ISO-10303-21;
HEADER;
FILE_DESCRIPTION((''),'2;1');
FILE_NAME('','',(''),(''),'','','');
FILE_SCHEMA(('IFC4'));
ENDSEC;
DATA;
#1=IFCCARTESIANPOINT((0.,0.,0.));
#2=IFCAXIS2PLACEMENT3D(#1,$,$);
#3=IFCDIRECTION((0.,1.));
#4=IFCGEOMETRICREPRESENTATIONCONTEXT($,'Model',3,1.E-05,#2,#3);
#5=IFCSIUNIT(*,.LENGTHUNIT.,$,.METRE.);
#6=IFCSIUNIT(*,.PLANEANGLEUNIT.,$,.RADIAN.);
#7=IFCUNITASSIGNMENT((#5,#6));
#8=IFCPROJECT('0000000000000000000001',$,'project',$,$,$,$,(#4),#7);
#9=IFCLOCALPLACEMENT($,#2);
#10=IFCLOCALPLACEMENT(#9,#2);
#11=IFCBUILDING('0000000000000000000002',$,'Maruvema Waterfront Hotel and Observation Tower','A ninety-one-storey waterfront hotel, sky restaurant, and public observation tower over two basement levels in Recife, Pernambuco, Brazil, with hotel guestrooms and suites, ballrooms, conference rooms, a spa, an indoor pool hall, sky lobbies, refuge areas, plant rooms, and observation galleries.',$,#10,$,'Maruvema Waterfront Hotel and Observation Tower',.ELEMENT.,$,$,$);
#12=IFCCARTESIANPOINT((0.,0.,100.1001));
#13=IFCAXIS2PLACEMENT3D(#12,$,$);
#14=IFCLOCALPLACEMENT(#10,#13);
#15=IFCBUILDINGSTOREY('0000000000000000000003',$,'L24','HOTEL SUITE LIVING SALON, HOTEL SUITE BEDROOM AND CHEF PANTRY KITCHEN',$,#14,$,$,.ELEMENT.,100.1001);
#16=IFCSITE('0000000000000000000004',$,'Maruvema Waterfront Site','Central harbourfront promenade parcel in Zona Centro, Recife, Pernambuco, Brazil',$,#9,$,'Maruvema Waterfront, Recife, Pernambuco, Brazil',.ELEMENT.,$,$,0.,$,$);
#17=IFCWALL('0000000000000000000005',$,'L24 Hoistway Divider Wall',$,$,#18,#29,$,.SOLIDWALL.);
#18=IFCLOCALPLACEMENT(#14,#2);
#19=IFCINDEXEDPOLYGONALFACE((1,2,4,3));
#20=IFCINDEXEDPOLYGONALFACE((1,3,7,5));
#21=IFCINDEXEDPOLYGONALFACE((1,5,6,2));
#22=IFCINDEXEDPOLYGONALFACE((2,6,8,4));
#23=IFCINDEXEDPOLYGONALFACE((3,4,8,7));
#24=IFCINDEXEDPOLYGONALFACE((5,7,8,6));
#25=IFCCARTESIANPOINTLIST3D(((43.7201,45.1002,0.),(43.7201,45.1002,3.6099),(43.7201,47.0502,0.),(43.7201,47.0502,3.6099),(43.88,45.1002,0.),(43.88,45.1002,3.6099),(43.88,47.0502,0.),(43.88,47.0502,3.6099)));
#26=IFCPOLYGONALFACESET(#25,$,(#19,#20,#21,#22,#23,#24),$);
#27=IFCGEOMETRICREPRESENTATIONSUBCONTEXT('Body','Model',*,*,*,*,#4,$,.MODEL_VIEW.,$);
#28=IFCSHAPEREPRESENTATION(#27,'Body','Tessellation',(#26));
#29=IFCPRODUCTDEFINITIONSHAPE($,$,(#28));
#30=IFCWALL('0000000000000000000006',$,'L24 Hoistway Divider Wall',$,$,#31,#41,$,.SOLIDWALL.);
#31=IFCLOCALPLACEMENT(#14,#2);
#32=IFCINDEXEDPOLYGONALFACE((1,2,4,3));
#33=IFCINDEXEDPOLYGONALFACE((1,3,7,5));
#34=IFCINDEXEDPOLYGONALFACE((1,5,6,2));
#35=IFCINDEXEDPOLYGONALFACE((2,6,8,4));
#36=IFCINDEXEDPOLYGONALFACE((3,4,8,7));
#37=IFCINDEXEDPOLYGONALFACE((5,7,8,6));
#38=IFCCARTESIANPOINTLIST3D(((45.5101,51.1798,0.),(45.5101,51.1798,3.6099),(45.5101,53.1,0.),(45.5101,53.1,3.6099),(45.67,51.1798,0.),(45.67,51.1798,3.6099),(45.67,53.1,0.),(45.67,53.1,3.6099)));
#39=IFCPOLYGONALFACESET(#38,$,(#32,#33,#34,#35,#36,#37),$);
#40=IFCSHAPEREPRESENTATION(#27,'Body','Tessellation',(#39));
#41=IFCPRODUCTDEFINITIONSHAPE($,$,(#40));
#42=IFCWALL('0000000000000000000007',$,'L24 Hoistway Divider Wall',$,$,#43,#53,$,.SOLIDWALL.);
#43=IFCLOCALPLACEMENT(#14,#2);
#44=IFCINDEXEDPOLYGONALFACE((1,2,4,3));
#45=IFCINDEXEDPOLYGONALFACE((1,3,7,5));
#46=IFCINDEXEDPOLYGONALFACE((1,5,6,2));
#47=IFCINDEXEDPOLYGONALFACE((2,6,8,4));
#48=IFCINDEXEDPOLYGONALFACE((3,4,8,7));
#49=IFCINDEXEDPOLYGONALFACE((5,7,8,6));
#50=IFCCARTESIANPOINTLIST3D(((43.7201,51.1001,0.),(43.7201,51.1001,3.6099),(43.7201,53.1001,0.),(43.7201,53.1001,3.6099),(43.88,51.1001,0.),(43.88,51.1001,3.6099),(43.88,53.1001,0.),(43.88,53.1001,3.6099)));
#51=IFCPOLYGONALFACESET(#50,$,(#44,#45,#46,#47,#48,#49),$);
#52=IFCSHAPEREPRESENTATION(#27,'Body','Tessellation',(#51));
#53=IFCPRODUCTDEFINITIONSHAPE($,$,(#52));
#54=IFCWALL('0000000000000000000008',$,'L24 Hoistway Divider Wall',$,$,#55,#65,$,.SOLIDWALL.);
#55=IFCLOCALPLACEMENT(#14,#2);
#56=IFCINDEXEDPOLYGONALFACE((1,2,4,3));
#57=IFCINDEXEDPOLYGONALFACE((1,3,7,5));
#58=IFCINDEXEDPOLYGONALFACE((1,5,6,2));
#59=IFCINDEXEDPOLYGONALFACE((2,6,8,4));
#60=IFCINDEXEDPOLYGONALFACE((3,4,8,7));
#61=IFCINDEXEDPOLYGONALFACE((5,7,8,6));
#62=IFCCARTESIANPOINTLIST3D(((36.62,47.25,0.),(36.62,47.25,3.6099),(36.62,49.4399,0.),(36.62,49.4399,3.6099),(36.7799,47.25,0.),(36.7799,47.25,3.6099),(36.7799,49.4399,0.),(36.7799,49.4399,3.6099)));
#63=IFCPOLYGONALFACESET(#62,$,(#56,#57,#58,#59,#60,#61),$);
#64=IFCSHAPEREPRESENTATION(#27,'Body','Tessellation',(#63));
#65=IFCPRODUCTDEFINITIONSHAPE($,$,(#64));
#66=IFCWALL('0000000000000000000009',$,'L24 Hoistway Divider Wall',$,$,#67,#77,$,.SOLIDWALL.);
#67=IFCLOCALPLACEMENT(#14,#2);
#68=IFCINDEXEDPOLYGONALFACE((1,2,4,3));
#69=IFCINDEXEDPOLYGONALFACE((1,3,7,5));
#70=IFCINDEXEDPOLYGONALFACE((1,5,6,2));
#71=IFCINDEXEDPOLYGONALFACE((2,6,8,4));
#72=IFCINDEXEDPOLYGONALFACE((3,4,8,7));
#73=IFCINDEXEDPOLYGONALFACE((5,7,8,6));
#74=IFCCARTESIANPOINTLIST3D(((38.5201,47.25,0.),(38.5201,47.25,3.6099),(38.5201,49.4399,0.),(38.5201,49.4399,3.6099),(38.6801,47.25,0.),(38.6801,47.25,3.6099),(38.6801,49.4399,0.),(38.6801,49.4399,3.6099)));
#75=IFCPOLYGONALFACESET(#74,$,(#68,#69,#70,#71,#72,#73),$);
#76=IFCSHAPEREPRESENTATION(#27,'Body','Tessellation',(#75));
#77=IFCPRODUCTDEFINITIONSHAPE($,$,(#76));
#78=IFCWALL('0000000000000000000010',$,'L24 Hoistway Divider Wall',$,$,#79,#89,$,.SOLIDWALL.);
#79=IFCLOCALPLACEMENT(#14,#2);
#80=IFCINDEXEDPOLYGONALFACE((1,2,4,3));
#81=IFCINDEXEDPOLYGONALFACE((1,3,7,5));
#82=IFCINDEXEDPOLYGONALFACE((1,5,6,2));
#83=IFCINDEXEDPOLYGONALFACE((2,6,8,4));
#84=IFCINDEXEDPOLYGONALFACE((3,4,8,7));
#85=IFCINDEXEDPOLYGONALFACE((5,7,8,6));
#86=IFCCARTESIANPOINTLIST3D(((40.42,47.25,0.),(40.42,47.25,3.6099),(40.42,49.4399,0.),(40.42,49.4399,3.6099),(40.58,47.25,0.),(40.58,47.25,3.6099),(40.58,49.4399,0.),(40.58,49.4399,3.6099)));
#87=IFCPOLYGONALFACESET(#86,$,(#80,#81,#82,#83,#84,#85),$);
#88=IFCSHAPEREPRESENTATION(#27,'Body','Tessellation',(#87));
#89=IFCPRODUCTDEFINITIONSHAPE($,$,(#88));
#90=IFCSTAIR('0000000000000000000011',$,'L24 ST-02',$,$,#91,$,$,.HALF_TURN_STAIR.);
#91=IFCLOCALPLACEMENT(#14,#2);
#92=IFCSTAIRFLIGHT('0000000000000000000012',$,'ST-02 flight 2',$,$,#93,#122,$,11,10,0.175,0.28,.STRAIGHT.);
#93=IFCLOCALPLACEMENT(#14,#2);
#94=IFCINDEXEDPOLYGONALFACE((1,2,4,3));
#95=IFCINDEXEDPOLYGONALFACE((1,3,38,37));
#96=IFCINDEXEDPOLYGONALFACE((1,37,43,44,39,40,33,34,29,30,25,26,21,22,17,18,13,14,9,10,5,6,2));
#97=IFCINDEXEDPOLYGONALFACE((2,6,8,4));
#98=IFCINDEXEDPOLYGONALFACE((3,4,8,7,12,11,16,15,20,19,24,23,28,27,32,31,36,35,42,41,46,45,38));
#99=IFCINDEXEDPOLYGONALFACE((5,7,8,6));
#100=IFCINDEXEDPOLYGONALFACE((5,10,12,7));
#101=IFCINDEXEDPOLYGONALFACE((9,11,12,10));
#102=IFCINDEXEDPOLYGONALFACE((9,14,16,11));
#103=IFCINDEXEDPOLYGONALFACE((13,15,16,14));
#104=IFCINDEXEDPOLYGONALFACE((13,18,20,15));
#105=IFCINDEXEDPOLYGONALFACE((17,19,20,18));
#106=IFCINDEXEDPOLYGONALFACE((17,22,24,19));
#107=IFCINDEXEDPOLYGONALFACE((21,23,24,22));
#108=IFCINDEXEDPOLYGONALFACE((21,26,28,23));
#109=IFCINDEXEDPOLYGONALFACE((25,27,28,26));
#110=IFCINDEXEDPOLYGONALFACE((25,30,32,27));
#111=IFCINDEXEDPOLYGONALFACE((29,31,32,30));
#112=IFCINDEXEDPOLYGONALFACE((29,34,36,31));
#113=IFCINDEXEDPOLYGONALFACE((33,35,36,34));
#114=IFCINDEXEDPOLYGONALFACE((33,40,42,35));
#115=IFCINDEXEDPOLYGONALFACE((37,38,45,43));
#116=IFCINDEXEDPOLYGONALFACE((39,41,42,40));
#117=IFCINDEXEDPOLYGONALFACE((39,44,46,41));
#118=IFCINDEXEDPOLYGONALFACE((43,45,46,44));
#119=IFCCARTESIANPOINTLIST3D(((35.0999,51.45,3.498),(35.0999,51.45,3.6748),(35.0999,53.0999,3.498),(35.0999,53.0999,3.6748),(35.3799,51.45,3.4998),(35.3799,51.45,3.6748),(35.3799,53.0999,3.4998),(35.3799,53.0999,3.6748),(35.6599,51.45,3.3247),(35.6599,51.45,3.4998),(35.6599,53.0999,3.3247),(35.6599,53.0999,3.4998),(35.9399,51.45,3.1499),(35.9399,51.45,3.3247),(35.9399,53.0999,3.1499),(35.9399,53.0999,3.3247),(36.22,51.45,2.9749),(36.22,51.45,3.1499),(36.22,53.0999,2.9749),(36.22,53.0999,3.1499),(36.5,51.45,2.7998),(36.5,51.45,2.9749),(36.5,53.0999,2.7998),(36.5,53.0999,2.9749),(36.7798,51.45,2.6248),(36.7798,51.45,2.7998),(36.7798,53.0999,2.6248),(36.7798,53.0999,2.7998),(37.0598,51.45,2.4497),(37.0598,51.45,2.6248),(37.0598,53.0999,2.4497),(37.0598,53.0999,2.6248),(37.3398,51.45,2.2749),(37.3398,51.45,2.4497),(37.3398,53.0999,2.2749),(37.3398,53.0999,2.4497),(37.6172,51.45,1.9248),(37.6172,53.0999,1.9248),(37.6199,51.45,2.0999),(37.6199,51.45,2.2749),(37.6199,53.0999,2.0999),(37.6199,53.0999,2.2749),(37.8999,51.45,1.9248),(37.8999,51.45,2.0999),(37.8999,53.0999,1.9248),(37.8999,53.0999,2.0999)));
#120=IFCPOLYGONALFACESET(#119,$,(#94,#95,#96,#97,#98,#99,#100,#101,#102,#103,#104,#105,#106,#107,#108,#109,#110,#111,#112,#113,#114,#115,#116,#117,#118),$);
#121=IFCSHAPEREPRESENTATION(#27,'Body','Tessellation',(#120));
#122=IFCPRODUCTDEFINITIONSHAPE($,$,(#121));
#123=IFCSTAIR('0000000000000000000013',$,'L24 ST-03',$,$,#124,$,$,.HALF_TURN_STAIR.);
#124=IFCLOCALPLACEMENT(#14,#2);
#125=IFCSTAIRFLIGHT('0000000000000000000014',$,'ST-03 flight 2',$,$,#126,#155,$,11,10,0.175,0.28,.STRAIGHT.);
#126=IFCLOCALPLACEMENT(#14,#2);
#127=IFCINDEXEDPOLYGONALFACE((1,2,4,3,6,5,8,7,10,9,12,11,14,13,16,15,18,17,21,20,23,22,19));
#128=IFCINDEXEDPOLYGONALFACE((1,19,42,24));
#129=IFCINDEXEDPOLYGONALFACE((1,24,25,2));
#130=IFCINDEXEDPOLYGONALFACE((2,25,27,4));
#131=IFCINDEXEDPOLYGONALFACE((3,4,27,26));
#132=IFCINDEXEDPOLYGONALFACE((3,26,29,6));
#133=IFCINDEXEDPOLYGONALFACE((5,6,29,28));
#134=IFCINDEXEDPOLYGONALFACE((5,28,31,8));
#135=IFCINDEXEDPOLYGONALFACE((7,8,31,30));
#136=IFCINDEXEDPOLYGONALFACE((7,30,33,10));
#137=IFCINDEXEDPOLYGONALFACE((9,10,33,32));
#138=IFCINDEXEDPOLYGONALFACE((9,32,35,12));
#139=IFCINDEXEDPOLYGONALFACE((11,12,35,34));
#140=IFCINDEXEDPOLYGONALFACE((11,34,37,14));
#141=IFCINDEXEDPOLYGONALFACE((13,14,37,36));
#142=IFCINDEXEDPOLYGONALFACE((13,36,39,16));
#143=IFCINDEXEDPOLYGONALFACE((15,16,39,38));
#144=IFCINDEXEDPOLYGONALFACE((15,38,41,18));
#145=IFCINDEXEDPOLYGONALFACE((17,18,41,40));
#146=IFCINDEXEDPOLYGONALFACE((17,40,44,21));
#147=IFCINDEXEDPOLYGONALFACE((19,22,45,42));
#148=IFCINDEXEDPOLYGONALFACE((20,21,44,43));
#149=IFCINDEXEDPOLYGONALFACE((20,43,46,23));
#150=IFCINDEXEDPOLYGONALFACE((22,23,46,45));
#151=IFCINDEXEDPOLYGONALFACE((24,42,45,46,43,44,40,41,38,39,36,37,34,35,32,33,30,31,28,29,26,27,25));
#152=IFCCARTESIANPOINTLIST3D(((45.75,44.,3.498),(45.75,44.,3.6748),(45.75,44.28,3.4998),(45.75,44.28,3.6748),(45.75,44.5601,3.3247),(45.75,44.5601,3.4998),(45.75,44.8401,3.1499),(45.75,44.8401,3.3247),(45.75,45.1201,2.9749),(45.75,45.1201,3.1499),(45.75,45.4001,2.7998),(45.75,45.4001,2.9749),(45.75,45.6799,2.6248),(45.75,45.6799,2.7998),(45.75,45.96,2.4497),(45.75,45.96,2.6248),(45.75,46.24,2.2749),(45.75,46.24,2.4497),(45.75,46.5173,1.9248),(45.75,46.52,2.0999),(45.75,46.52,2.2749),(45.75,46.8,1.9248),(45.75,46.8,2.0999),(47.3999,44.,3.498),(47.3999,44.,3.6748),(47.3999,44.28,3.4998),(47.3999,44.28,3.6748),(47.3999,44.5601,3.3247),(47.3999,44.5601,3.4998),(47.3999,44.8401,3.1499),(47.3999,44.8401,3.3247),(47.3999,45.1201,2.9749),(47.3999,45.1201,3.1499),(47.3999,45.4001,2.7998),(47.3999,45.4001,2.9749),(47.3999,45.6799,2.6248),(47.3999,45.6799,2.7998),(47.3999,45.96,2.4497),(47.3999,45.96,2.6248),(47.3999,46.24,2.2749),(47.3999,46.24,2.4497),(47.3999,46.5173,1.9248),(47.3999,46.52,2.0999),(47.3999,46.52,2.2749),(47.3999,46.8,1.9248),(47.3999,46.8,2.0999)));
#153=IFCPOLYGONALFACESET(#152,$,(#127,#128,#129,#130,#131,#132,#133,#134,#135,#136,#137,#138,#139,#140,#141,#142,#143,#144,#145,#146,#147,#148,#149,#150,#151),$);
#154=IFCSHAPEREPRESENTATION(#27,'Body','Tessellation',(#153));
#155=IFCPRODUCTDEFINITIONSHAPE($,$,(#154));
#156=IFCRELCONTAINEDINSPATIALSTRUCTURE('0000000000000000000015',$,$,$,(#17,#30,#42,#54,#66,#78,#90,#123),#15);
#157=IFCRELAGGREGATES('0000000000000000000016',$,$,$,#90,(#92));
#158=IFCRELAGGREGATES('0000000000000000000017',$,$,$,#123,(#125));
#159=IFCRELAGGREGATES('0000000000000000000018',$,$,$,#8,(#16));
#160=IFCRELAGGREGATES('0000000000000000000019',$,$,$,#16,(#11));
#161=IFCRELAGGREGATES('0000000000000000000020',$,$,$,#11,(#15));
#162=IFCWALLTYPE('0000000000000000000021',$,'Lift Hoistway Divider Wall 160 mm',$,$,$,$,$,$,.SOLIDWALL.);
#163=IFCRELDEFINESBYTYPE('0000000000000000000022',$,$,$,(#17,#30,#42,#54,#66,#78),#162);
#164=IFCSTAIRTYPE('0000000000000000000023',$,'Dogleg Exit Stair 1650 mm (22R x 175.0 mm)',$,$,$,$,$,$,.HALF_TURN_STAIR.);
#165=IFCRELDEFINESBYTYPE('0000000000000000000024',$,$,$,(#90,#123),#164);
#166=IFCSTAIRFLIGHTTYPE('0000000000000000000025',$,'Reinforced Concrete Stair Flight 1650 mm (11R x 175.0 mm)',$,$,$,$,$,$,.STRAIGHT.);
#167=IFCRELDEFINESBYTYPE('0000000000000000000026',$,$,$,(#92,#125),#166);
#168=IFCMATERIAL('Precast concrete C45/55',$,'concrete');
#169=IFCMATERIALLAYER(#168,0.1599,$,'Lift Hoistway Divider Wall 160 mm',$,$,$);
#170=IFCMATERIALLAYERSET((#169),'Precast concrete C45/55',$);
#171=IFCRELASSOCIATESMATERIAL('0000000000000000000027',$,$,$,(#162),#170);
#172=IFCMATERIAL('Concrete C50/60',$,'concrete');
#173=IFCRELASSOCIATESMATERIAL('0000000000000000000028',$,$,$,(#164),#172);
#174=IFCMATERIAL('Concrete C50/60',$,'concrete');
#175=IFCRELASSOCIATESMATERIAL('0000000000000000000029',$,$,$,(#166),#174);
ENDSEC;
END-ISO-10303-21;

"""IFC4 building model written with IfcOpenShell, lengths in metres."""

from ifc_helpers import new_model, si_unit, direction, frame, frame_2d, origin, place, context, subcontext, project, spatial, polyline, rectangle, outline, extrude, material, layer, layer_set, type_object, element, aggregate, save


model = new_model("IFC4")

# Units and contexts
model_context = context("Model", 3, precision=1e-05, world=origin(), true_north=direction((0.0, 1.0)))
body_context = subcontext(model_context, "Body", "Model", "MODEL_VIEW")
ifc_project = project(units=[si_unit("LENGTHUNIT", "METRE"), si_unit("PLANEANGLEUNIT", "RADIAN")], contexts=[model_context])

# Site, building, storey
site_placement = place(None, origin())
site = spatial("IfcSite", under=ifc_project, at=site_placement, Name="Maruvema Waterfront Site", Description="Central harbourfront promenade parcel in Zona Centro, Recife, Pernambuco, Brazil", LongName="Maruvema Waterfront, Recife, Pernambuco, Brazil", CompositionType="ELEMENT", RefElevation=0.0)
building_placement = place(site_placement, origin())
building = spatial("IfcBuilding", under=site, at=building_placement, Name="Maruvema Waterfront Hotel and Observation Tower", Description="A ninety-one-storey waterfront hotel, sky restaurant, and public observation tower over two basement levels in Recife, Pernambuco, Brazil, with hotel guestrooms and suites, ballrooms, conference rooms, a spa, an indoor pool hall, sky lobbies, refuge areas, plant rooms, and observation galleries.", LongName="Maruvema Waterfront Hotel and Observation Tower", CompositionType="ELEMENT")
storey_placement = place(building_placement, frame((0.0, 0.0, 100.1001)))
storey = spatial("IfcBuildingStorey", under=building, at=storey_placement, Name="L24", Description="HOTEL SUITE LIVING SALON, HOTEL SUITE BEDROOM AND CHEF PANTRY KITCHEN", CompositionType="ELEMENT", Elevation=100.1001)

# Walls
ifc_material_1 = material(Name="Precast concrete C45/55", Category="concrete")
ifc_layer_1 = layer(ifc_material_1, 0.1599, Name="Lift Hoistway Divider Wall 160 mm")
ifc_layer_set_1 = layer_set([ifc_layer_1], Name="Precast concrete C45/55")
wall_type_1 = type_object("IfcWallType", Name="Lift Hoistway Divider Wall 160 mm", PredefinedType="SOLIDWALL", material=ifc_layer_set_1)
for number, where, z_axis, x_axis, name in (
    (1, (43.8, 45.1001, 0.0), (0.0, 0.0, 1.0), (0.0, 1.0, 0.0), "L24 Hoistway Divider Wall"),
):
    element("IfcWall", number, at=place(storey_placement, frame(where, z_axis=z_axis, x_axis=x_axis)), inside=storey, type_object=wall_type_1, Name=name, PredefinedType="SOLIDWALL", context=body_context, shape_type="SweptSolid", body=[
        extrude(rectangle(XDim=1.95, YDim=0.1599, at=frame_2d((0.9751, 0.0))), origin(), (0.0, 0.0, 1.0), 3.6099),
    ])
wall_1_placement = place(storey_placement, frame((45.5901, 51.1799, 0.0), z_axis=(0.0, 0.0, 1.0), x_axis=(0.0, 1.0, 0.0)))
element("IfcWall", 2, at=wall_1_placement, inside=storey, type_object=wall_type_1, Name="L24 Hoistway Divider Wall", PredefinedType="SOLIDWALL", context=body_context, shape_type="SweptSolid", body=[
    extrude(rectangle(XDim=1.9202, YDim=0.1599, at=frame_2d((0.96, 0.0))), origin(), (0.0, 0.0, 1.0), 3.6099),
])
wall_2_placement = place(storey_placement, frame((43.8, 51.1001, 0.0), z_axis=(0.0, 0.0, 1.0), x_axis=(0.0, 1.0, 0.0)))
element("IfcWall", 3, at=wall_2_placement, inside=storey, type_object=wall_type_1, Name="L24 Hoistway Divider Wall", PredefinedType="SOLIDWALL", context=body_context, shape_type="SweptSolid", body=[
    extrude(rectangle(XDim=2.0, YDim=0.1599, at=frame_2d((1.0, 0.0))), origin(), (0.0, 0.0, 1.0), 3.6099),
])
for number, where, z_axis, x_axis, name in (
    (4, (36.7, 47.25, 0.0), (0.0, 0.0, 1.0), (0.0, 1.0, 0.0), "L24 Hoistway Divider Wall"),
    (5, (38.6001, 47.25, 0.0), (0.0, 0.0, 1.0), (0.0, 1.0, 0.0), "L24 Hoistway Divider Wall"),
    (6, (40.5, 47.25, 0.0), (0.0, 0.0, 1.0), (0.0, 1.0, 0.0), "L24 Hoistway Divider Wall"),
):
    element("IfcWall", number, at=place(storey_placement, frame(where, z_axis=z_axis, x_axis=x_axis)), inside=storey, type_object=wall_type_1, Name=name, PredefinedType="SOLIDWALL", context=body_context, shape_type="SweptSolid", body=[
        extrude(rectangle(XDim=2.1899, YDim=0.1599, at=frame_2d((1.095, 0.0))), origin(), (0.0, 0.0, 1.0), 3.6099),
    ])

# Stairs, stair flights
ifc_material_2 = material(Name="Concrete C50/60", Category="concrete")
stair_type = type_object("IfcStairType", Name="Dogleg Exit Stair 1650 mm (22R x 175.0 mm)", PredefinedType="HALF_TURN_STAIR", material=ifc_material_2)
stair_1_placement = place(storey_placement, origin())
stair_1 = element("IfcStair", 7, at=stair_1_placement, inside=storey, type_object=stair_type, Name="L24 ST-02", PredefinedType="HALF_TURN_STAIR")
ifc_material_3 = material(Name="Concrete C50/60", Category="concrete")
stair_flight_type = type_object("IfcStairFlightType", Name="Reinforced Concrete Stair Flight 1650 mm (11R x 175.0 mm)", PredefinedType="STRAIGHT", material=ifc_material_3)
stair_flight_1_placement = place(storey_placement, frame((37.8999, 52.2749, 1.9248), z_axis=(0.0, 0.0, 1.0), x_axis=(-1.0, 0.0, 0.0)))
stair_flight_1 = element("IfcStairFlight", 8, at=stair_flight_1_placement, type_object=stair_flight_type, Name="ST-02 flight 2", NumberOfRisers=11, NumberOfTreads=10, PredefinedType="STRAIGHT", RiserHeight=0.175, TreadLength=0.28, context=body_context, shape_type="SweptSolid", body=[
    extrude(outline(polyline([(0.0, 0.0), (0.0, 0.175), (0.28, 0.175), (0.28, 0.3501), (0.5601, 0.3501), (0.5601, 0.5249), (0.8401, 0.5249), (0.8401, 0.7), (1.1201, 0.7), (1.1201, 0.875), (1.3999, 0.875), (1.3999, 1.05), (1.6799, 1.05), (1.6799, 1.2251), (1.96, 1.2251), (1.96, 1.3999), (2.24, 1.3999), (2.24, 1.575), (2.52, 1.575), (2.52, 1.75), (2.8, 1.75), (2.8, 1.925), (2.8, 1.5732), (0.2827, 0.0), (0.0, 0.0)])), frame((0.0, 0.825, 0.0), z_axis=(0.0, -1.0, 0.0), x_axis=(1.0, 0.0, 0.0)), (0.0, 0.0, 1.0), 1.6499),
])
aggregate(stair_1, [stair_flight_1])
stair_2_placement = place(storey_placement, origin())
stair_2 = element("IfcStair", 9, at=stair_2_placement, inside=storey, type_object=stair_type, Name="L24 ST-03", PredefinedType="HALF_TURN_STAIR")
stair_flight_2_placement = place(storey_placement, frame((46.575, 46.8, 1.9248), z_axis=(0.0, 0.0, 1.0), x_axis=(0.0, -1.0, 0.0)))
stair_flight_2 = element("IfcStairFlight", 10, at=stair_flight_2_placement, type_object=stair_flight_type, Name="ST-03 flight 2", NumberOfRisers=11, NumberOfTreads=10, PredefinedType="STRAIGHT", RiserHeight=0.175, TreadLength=0.28, context=body_context, shape_type="SweptSolid", body=[
    extrude(outline(polyline([(0.0, 0.0), (0.0, 0.175), (0.28, 0.175), (0.28, 0.3501), (0.5601, 0.3501), (0.5601, 0.5249), (0.8401, 0.5249), (0.8401, 0.7), (1.1201, 0.7), (1.1201, 0.875), (1.3999, 0.875), (1.3999, 1.05), (1.6799, 1.05), (1.6799, 1.2251), (1.96, 1.2251), (1.96, 1.3999), (2.24, 1.3999), (2.24, 1.575), (2.52, 1.575), (2.52, 1.75), (2.8, 1.75), (2.8, 1.925), (2.8, 1.5732), (0.2827, 0.0), (0.0, 0.0)])), frame((0.0, 0.825, 0.0), z_axis=(0.0, -1.0, 0.0), x_axis=(1.0, 0.0, 0.0)), (0.0, 0.0, 1.0), 1.6499),
])
aggregate(stair_2, [stair_flight_2])

save(model, "model.ifc")
